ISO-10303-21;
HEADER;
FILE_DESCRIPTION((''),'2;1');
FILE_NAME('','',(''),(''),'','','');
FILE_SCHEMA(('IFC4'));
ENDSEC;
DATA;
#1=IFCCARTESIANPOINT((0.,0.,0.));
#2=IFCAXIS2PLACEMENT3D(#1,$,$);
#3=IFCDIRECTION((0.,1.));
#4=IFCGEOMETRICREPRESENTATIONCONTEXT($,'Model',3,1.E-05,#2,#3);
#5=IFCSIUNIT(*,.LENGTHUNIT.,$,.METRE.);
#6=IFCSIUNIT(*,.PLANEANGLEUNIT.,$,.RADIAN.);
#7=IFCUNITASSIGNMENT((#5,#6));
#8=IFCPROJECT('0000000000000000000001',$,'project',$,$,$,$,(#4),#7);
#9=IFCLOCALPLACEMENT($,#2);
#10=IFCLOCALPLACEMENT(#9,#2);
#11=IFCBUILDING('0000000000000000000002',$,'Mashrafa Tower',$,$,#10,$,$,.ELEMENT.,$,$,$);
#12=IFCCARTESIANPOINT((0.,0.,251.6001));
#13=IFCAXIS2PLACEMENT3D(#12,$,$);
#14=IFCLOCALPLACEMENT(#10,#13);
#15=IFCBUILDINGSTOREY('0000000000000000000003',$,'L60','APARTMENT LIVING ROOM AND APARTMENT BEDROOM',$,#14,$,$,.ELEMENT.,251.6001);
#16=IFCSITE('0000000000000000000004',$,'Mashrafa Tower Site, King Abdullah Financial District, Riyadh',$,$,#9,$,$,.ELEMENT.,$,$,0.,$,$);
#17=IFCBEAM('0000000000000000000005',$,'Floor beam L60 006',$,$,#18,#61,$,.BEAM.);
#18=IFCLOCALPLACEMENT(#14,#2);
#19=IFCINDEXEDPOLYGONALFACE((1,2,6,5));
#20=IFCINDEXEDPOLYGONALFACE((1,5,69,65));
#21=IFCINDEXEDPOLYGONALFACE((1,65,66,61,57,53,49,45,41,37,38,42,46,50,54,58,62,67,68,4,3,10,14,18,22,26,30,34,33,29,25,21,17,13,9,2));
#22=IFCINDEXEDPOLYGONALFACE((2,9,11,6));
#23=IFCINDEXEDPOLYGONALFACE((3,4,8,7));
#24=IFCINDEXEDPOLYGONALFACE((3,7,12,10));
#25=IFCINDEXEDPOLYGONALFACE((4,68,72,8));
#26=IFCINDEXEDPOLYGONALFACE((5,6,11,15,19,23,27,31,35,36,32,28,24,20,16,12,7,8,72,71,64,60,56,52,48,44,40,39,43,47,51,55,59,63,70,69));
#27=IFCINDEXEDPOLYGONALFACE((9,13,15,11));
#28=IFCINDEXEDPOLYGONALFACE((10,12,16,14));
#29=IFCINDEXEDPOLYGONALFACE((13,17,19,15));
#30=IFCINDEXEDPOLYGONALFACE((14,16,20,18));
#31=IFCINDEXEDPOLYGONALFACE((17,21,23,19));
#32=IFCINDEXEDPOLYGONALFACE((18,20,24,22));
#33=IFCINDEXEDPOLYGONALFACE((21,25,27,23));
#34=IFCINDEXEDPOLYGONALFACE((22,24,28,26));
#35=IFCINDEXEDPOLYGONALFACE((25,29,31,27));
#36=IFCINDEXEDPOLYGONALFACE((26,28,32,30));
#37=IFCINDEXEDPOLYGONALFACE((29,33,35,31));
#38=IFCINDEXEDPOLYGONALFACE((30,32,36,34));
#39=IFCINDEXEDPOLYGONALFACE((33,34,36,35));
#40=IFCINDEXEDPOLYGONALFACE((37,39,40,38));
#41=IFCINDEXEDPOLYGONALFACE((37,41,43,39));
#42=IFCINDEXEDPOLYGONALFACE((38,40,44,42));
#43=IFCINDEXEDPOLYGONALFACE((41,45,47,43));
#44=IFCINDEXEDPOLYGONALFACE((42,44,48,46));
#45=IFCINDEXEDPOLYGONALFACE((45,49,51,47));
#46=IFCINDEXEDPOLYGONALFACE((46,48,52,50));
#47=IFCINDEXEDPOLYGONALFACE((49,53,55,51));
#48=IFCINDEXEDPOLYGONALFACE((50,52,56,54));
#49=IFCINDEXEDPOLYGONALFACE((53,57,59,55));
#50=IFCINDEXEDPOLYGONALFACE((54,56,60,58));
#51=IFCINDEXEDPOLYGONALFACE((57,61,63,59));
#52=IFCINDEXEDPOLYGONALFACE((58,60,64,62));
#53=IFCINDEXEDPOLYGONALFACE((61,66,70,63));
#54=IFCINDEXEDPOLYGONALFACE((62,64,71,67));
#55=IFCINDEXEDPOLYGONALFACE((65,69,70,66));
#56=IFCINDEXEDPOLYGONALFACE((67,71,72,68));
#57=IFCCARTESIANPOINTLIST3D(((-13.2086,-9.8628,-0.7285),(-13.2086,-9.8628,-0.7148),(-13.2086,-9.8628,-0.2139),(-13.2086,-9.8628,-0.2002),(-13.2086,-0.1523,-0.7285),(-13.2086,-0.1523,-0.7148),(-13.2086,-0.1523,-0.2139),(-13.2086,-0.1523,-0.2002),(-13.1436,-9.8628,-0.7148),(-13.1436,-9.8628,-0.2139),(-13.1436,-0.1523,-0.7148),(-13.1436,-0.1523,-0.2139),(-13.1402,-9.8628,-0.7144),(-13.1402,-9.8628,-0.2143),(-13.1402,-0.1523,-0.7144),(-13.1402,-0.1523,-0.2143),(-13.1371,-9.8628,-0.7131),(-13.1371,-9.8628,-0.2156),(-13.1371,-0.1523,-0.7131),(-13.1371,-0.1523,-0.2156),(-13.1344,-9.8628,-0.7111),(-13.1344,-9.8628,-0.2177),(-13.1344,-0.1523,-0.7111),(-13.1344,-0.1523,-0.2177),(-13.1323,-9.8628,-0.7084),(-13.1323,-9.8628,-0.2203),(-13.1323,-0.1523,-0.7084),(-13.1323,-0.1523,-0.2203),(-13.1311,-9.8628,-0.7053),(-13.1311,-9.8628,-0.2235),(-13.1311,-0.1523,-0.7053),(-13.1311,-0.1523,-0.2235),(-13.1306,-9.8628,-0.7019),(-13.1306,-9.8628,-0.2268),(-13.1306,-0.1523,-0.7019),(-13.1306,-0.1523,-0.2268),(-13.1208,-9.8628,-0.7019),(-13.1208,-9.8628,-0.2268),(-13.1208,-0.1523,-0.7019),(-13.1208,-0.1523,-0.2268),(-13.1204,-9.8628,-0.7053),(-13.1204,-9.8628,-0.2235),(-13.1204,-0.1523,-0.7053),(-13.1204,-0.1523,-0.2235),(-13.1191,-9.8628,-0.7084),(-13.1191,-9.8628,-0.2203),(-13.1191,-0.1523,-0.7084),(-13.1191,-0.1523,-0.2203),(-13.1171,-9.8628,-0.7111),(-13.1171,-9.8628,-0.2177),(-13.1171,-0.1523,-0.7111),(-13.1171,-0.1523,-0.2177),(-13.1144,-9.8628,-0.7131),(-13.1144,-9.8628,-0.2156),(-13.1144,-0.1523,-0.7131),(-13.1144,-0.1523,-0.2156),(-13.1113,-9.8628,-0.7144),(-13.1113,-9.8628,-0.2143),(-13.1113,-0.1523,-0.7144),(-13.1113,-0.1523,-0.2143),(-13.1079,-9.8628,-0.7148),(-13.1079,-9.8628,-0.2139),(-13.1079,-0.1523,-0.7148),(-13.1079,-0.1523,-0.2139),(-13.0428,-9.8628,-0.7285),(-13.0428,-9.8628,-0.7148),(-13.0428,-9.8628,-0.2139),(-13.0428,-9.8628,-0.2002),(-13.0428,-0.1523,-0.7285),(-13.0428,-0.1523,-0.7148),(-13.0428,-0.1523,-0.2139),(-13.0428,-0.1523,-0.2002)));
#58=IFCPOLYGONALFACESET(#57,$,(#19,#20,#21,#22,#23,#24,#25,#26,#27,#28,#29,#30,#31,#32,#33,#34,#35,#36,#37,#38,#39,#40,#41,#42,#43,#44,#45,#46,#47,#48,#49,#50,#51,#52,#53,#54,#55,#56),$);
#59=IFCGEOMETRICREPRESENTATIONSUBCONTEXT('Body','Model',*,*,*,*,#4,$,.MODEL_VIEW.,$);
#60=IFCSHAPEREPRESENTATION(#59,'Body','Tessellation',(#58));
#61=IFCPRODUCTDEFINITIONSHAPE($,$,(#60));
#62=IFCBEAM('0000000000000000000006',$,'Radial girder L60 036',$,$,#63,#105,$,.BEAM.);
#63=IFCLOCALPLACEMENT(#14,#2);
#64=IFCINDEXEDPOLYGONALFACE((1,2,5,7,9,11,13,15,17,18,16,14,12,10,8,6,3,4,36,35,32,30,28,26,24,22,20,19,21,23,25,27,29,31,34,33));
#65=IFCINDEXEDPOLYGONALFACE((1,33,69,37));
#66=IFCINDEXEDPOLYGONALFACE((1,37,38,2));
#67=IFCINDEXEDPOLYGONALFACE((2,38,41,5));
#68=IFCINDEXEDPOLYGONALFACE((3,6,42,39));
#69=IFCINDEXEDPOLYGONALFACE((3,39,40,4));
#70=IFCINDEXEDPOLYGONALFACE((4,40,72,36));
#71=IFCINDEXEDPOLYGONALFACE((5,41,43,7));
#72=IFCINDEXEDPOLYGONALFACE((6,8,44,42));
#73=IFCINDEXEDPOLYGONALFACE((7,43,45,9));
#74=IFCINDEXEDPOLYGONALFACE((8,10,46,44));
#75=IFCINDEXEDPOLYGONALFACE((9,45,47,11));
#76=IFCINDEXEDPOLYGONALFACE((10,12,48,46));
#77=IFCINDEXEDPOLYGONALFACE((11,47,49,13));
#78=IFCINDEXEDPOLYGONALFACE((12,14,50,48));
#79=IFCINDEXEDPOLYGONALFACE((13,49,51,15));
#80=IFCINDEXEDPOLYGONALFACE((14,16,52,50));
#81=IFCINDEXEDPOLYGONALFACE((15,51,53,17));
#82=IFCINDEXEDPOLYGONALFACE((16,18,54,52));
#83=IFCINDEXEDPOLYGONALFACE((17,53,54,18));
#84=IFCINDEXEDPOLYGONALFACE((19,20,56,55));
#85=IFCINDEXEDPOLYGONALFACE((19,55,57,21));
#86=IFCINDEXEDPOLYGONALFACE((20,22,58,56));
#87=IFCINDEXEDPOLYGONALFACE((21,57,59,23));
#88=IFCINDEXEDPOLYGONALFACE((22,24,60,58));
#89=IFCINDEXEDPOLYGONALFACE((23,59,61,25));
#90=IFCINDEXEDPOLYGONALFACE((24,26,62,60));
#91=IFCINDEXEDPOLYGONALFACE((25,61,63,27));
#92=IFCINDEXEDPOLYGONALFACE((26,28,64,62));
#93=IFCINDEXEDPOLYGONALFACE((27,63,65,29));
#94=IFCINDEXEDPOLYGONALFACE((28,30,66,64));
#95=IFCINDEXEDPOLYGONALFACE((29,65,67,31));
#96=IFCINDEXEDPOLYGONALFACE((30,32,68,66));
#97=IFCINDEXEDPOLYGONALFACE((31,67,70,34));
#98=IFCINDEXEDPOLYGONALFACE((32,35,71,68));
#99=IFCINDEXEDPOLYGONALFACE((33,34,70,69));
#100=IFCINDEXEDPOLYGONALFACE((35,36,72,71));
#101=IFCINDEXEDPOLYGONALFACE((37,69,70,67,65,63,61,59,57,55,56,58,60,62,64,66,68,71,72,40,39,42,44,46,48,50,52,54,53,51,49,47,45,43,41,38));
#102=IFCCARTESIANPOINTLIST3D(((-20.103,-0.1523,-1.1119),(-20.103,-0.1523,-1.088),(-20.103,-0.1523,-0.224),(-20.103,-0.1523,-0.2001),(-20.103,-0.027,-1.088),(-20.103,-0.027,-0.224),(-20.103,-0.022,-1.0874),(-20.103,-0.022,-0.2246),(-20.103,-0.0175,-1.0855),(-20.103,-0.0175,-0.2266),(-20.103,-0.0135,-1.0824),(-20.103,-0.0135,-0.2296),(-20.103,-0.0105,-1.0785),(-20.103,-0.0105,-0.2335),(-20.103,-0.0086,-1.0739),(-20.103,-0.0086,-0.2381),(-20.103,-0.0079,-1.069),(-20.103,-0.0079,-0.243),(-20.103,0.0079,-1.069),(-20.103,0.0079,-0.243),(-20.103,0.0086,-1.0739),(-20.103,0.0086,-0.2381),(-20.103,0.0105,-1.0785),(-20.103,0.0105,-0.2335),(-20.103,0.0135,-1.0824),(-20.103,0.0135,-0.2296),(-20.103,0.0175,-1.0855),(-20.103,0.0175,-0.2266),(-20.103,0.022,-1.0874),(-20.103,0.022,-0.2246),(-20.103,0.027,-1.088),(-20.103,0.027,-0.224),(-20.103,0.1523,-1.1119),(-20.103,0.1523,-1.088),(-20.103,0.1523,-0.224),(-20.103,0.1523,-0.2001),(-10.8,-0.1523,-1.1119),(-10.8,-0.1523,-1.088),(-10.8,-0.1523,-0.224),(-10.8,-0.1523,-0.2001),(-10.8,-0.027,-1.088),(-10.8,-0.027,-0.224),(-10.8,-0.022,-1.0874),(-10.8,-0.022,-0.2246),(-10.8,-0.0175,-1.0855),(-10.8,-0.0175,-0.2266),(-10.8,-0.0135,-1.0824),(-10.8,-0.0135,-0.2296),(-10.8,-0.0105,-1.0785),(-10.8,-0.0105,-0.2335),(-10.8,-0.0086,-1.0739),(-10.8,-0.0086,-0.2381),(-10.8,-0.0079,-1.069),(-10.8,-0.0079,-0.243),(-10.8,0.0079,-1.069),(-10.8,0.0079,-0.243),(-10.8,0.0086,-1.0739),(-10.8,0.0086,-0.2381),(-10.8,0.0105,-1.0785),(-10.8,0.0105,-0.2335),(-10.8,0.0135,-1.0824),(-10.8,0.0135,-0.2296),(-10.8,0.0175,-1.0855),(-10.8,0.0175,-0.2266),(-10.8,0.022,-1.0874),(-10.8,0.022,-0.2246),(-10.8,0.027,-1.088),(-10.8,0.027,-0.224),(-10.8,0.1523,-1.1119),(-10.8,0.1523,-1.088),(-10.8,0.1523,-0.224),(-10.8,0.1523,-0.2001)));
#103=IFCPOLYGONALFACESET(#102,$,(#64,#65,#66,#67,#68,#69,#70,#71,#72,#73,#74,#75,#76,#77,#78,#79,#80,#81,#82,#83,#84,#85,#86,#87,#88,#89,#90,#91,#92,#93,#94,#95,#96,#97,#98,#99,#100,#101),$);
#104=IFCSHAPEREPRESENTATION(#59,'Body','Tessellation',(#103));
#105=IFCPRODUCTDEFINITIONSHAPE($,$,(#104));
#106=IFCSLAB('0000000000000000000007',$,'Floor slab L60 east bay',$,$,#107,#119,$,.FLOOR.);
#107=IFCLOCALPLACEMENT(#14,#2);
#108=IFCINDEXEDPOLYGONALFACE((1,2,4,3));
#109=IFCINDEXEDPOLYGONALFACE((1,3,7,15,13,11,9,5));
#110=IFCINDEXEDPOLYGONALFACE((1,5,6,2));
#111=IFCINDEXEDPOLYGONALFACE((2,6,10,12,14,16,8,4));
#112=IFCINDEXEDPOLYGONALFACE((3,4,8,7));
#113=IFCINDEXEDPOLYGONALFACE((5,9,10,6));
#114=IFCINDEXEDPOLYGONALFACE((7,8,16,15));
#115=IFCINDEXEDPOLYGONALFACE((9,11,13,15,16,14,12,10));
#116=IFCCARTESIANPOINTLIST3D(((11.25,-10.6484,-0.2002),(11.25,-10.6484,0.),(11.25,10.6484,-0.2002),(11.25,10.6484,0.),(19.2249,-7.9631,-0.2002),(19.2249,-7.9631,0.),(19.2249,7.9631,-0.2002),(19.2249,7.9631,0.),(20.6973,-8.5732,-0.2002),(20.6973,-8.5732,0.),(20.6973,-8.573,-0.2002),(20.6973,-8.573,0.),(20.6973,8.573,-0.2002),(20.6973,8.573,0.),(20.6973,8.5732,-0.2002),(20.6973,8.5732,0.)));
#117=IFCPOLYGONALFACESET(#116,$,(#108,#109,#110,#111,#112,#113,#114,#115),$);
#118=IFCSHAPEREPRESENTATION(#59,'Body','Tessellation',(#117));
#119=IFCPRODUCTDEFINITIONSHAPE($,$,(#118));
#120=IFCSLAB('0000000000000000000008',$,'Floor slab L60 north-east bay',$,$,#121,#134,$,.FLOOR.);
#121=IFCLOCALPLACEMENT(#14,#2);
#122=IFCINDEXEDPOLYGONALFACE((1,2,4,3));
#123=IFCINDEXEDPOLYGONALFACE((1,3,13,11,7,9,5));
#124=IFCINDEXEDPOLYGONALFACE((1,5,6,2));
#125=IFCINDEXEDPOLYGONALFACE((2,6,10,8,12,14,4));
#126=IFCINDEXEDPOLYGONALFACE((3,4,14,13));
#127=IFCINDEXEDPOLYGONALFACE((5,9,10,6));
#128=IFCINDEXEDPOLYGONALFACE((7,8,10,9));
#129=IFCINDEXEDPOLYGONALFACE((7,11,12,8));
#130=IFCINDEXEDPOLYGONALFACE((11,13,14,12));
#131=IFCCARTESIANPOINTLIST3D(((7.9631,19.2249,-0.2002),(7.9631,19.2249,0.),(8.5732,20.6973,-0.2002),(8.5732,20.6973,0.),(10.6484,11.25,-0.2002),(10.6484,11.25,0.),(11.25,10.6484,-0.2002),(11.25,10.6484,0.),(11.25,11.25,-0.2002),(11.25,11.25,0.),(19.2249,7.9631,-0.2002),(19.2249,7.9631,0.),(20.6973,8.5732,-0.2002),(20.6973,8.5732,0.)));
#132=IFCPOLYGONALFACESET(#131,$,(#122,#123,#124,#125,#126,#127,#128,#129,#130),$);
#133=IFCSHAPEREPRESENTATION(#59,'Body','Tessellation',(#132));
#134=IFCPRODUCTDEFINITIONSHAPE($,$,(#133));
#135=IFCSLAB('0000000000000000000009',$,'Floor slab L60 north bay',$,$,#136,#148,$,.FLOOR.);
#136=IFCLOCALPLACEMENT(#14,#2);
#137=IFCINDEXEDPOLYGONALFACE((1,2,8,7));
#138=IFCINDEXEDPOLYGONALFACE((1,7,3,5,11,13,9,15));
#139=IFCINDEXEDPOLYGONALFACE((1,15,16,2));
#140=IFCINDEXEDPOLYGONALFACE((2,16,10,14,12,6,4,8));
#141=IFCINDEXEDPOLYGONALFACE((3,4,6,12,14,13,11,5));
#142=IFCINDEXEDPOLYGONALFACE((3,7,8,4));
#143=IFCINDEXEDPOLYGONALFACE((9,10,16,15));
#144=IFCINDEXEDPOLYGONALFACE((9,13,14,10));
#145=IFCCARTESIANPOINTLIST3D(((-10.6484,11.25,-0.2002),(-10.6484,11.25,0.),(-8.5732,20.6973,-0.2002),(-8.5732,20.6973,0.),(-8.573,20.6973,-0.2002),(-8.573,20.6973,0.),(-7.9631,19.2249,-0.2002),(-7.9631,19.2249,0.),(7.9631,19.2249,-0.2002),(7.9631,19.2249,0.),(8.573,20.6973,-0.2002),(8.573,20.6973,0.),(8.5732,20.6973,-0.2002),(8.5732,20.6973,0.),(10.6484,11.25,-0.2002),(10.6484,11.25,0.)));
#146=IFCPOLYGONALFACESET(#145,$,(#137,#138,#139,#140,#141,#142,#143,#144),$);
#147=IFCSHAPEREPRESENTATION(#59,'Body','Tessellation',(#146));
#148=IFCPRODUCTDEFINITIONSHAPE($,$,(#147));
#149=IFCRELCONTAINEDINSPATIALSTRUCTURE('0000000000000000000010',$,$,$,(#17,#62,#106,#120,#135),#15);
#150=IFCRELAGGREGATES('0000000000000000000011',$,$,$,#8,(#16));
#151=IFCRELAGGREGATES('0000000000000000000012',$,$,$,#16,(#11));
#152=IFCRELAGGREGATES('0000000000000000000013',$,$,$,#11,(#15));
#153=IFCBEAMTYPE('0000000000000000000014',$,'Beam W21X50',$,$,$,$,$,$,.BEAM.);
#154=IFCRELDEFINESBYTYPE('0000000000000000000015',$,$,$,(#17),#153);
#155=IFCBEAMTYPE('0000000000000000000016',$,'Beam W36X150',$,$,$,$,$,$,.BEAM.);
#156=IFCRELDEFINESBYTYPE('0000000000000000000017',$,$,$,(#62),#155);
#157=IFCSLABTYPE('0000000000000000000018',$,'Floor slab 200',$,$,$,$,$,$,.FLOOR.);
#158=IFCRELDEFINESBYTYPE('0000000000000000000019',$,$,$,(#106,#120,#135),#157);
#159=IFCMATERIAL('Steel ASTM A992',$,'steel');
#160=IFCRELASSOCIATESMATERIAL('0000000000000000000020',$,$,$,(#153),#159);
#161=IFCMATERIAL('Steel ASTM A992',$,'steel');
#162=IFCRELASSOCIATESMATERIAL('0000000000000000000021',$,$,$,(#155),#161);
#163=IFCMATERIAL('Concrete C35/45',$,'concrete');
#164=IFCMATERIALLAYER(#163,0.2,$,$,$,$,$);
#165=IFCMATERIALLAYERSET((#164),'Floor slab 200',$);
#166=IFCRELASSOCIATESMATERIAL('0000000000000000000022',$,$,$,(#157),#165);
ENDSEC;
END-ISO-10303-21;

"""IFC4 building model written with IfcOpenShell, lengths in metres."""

from ifc_helpers import new_model, si_unit, direction, frame, origin, origin_2d, place, context, subcontext, project, spatial, polyline, i_section, outline, extrude, material, layer, layer_set, material_profile, profile_set, type_object, element, save


model = new_model("IFC4")

# Units and contexts
model_context = context("Model", 3, precision=1e-05, world=origin(), true_north=direction((0.0, 1.0)))
body_context = subcontext(model_context, "Body", "Model", "MODEL_VIEW")
ifc_project = project(units=[si_unit("LENGTHUNIT", "METRE"), si_unit("PLANEANGLEUNIT", "RADIAN")], contexts=[model_context])

# Site, building, storey
site_placement = place(None, origin())
site = spatial("IfcSite", under=ifc_project, at=site_placement, Name="Mashrafa Tower Site, King Abdullah Financial District, Riyadh", CompositionType="ELEMENT", RefElevation=0.0)
building_placement = place(site_placement, origin())
building = spatial("IfcBuilding", under=site, at=building_placement, Name="Mashrafa Tower", CompositionType="ELEMENT")
storey_placement = place(building_placement, frame((0.0, 0.0, 251.6001)))
storey = spatial("IfcBuildingStorey", under=building, at=storey_placement, Name="L60", Description="APARTMENT LIVING ROOM AND APARTMENT BEDROOM", CompositionType="ELEMENT", Elevation=251.6001)

# Beams
ifc_material_1 = material(Name="Steel ASTM A992", Category="steel")
ifc_material_profile_1 = material_profile(ifc_material_1, i_section(OverallWidth=0.1658, OverallDepth=0.5283, WebThickness=0.0098, FlangeThickness=0.0137, FilletRadius=0.0129, at=origin_2d()), Name="W21X50")
ifc_profile_set_1 = profile_set([ifc_material_profile_1], Name="Steel ASTM A992")
beam_type_1 = type_object("IfcBeamType", Name="Beam W21X50", PredefinedType="BEAM", material=ifc_profile_set_1)
beam_1_placement = place(storey_placement, frame((-13.1257, -9.8628, -0.4644), z_axis=(0.0, 1.0, 0.0), x_axis=(-1.0, 0.0, 0.0)))
element("IfcBeam", 1, at=beam_1_placement, inside=storey, type_object=beam_type_1, Name="Floor beam L60 006", PredefinedType="BEAM", context=body_context, shape_type="SweptSolid", body=[
    extrude(i_section(OverallWidth=0.1658, OverallDepth=0.5283, WebThickness=0.0098, FlangeThickness=0.0137, FilletRadius=0.0129, at=origin_2d()), origin(), (0.0, 0.0, 1.0), 9.7104),
])
ifc_material_2 = material(Name="Steel ASTM A992", Category="steel")
ifc_material_profile_2 = material_profile(ifc_material_2, i_section(OverallWidth=0.3047, OverallDepth=0.9119, WebThickness=0.0159, FlangeThickness=0.0239, FilletRadius=0.019, at=origin_2d()), Name="W36X150")
ifc_profile_set_2 = profile_set([ifc_material_profile_2], Name="Steel ASTM A992")
beam_type_2 = type_object("IfcBeamType", Name="Beam W36X150", PredefinedType="BEAM", material=ifc_profile_set_2)
beam_2_placement = place(storey_placement, frame((-10.8, 0.0, -0.656), z_axis=(-1.0, 0.0, 0.0), x_axis=(0.0, -1.0, 0.0)))
element("IfcBeam", 2, at=beam_2_placement, inside=storey, type_object=beam_type_2, Name="Radial girder L60 036", PredefinedType="BEAM", context=body_context, shape_type="SweptSolid", body=[
    extrude(i_section(OverallWidth=0.3047, OverallDepth=0.9119, WebThickness=0.0159, FlangeThickness=0.0239, FilletRadius=0.019, at=origin_2d()), origin(), (0.0, 0.0, 1.0), 9.303),
])

# Slabs
ifc_material_3 = material(Name="Concrete C35/45", Category="concrete")
ifc_layer_1 = layer(ifc_material_3, 0.2)
ifc_layer_set_1 = layer_set([ifc_layer_1], Name="Floor slab 200")
slab_type = type_object("IfcSlabType", Name="Floor slab 200", PredefinedType="FLOOR", material=ifc_layer_set_1)
slab_1_placement = place(storey_placement, frame((0.0, 0.0, -0.2002)))
element("IfcSlab", 3, at=slab_1_placement, inside=storey, type_object=slab_type, Name="Floor slab L60 east bay", PredefinedType="FLOOR", context=body_context, shape_type="SweptSolid", body=[
    extrude(outline(polyline([(20.6973, 8.573), (20.6973, -8.573), (20.6973, -8.5732), (19.2249, -7.9631), (11.25, -10.6484), (11.25, 10.6484), (19.2249, 7.9631), (20.6973, 8.5732), (20.6973, 8.573)])), origin(), (0.0, 0.0, 1.0), 0.2002),
])
slab_2_placement = place(storey_placement, frame((0.0, 0.0, -0.2002)))
element("IfcSlab", 4, at=slab_2_placement, inside=storey, type_object=slab_type, Name="Floor slab L60 north-east bay", PredefinedType="FLOOR", context=body_context, shape_type="SweptSolid", body=[
    extrude(outline(polyline([(20.6973, 8.5732), (19.2249, 7.9631), (11.25, 10.6484), (11.25, 11.25), (10.6484, 11.25), (7.9631, 19.2249), (8.5732, 20.6973), (20.6973, 8.5732)])), origin(), (0.0, 0.0, 1.0), 0.2002),
])
slab_3_placement = place(storey_placement, frame((0.0, 0.0, -0.2002)))
element("IfcSlab", 5, at=slab_3_placement, inside=storey, type_object=slab_type, Name="Floor slab L60 north bay", PredefinedType="FLOOR", context=body_context, shape_type="SweptSolid", body=[
    extrude(outline(polyline([(-8.573, 20.6973), (8.573, 20.6973), (8.5732, 20.6973), (7.9631, 19.2249), (10.6484, 11.25), (-10.6484, 11.25), (-7.9631, 19.2249), (-8.5732, 20.6973), (-8.573, 20.6973)])), origin(), (0.0, 0.0, 1.0), 0.2002),
])

save(model, "model.ifc")
